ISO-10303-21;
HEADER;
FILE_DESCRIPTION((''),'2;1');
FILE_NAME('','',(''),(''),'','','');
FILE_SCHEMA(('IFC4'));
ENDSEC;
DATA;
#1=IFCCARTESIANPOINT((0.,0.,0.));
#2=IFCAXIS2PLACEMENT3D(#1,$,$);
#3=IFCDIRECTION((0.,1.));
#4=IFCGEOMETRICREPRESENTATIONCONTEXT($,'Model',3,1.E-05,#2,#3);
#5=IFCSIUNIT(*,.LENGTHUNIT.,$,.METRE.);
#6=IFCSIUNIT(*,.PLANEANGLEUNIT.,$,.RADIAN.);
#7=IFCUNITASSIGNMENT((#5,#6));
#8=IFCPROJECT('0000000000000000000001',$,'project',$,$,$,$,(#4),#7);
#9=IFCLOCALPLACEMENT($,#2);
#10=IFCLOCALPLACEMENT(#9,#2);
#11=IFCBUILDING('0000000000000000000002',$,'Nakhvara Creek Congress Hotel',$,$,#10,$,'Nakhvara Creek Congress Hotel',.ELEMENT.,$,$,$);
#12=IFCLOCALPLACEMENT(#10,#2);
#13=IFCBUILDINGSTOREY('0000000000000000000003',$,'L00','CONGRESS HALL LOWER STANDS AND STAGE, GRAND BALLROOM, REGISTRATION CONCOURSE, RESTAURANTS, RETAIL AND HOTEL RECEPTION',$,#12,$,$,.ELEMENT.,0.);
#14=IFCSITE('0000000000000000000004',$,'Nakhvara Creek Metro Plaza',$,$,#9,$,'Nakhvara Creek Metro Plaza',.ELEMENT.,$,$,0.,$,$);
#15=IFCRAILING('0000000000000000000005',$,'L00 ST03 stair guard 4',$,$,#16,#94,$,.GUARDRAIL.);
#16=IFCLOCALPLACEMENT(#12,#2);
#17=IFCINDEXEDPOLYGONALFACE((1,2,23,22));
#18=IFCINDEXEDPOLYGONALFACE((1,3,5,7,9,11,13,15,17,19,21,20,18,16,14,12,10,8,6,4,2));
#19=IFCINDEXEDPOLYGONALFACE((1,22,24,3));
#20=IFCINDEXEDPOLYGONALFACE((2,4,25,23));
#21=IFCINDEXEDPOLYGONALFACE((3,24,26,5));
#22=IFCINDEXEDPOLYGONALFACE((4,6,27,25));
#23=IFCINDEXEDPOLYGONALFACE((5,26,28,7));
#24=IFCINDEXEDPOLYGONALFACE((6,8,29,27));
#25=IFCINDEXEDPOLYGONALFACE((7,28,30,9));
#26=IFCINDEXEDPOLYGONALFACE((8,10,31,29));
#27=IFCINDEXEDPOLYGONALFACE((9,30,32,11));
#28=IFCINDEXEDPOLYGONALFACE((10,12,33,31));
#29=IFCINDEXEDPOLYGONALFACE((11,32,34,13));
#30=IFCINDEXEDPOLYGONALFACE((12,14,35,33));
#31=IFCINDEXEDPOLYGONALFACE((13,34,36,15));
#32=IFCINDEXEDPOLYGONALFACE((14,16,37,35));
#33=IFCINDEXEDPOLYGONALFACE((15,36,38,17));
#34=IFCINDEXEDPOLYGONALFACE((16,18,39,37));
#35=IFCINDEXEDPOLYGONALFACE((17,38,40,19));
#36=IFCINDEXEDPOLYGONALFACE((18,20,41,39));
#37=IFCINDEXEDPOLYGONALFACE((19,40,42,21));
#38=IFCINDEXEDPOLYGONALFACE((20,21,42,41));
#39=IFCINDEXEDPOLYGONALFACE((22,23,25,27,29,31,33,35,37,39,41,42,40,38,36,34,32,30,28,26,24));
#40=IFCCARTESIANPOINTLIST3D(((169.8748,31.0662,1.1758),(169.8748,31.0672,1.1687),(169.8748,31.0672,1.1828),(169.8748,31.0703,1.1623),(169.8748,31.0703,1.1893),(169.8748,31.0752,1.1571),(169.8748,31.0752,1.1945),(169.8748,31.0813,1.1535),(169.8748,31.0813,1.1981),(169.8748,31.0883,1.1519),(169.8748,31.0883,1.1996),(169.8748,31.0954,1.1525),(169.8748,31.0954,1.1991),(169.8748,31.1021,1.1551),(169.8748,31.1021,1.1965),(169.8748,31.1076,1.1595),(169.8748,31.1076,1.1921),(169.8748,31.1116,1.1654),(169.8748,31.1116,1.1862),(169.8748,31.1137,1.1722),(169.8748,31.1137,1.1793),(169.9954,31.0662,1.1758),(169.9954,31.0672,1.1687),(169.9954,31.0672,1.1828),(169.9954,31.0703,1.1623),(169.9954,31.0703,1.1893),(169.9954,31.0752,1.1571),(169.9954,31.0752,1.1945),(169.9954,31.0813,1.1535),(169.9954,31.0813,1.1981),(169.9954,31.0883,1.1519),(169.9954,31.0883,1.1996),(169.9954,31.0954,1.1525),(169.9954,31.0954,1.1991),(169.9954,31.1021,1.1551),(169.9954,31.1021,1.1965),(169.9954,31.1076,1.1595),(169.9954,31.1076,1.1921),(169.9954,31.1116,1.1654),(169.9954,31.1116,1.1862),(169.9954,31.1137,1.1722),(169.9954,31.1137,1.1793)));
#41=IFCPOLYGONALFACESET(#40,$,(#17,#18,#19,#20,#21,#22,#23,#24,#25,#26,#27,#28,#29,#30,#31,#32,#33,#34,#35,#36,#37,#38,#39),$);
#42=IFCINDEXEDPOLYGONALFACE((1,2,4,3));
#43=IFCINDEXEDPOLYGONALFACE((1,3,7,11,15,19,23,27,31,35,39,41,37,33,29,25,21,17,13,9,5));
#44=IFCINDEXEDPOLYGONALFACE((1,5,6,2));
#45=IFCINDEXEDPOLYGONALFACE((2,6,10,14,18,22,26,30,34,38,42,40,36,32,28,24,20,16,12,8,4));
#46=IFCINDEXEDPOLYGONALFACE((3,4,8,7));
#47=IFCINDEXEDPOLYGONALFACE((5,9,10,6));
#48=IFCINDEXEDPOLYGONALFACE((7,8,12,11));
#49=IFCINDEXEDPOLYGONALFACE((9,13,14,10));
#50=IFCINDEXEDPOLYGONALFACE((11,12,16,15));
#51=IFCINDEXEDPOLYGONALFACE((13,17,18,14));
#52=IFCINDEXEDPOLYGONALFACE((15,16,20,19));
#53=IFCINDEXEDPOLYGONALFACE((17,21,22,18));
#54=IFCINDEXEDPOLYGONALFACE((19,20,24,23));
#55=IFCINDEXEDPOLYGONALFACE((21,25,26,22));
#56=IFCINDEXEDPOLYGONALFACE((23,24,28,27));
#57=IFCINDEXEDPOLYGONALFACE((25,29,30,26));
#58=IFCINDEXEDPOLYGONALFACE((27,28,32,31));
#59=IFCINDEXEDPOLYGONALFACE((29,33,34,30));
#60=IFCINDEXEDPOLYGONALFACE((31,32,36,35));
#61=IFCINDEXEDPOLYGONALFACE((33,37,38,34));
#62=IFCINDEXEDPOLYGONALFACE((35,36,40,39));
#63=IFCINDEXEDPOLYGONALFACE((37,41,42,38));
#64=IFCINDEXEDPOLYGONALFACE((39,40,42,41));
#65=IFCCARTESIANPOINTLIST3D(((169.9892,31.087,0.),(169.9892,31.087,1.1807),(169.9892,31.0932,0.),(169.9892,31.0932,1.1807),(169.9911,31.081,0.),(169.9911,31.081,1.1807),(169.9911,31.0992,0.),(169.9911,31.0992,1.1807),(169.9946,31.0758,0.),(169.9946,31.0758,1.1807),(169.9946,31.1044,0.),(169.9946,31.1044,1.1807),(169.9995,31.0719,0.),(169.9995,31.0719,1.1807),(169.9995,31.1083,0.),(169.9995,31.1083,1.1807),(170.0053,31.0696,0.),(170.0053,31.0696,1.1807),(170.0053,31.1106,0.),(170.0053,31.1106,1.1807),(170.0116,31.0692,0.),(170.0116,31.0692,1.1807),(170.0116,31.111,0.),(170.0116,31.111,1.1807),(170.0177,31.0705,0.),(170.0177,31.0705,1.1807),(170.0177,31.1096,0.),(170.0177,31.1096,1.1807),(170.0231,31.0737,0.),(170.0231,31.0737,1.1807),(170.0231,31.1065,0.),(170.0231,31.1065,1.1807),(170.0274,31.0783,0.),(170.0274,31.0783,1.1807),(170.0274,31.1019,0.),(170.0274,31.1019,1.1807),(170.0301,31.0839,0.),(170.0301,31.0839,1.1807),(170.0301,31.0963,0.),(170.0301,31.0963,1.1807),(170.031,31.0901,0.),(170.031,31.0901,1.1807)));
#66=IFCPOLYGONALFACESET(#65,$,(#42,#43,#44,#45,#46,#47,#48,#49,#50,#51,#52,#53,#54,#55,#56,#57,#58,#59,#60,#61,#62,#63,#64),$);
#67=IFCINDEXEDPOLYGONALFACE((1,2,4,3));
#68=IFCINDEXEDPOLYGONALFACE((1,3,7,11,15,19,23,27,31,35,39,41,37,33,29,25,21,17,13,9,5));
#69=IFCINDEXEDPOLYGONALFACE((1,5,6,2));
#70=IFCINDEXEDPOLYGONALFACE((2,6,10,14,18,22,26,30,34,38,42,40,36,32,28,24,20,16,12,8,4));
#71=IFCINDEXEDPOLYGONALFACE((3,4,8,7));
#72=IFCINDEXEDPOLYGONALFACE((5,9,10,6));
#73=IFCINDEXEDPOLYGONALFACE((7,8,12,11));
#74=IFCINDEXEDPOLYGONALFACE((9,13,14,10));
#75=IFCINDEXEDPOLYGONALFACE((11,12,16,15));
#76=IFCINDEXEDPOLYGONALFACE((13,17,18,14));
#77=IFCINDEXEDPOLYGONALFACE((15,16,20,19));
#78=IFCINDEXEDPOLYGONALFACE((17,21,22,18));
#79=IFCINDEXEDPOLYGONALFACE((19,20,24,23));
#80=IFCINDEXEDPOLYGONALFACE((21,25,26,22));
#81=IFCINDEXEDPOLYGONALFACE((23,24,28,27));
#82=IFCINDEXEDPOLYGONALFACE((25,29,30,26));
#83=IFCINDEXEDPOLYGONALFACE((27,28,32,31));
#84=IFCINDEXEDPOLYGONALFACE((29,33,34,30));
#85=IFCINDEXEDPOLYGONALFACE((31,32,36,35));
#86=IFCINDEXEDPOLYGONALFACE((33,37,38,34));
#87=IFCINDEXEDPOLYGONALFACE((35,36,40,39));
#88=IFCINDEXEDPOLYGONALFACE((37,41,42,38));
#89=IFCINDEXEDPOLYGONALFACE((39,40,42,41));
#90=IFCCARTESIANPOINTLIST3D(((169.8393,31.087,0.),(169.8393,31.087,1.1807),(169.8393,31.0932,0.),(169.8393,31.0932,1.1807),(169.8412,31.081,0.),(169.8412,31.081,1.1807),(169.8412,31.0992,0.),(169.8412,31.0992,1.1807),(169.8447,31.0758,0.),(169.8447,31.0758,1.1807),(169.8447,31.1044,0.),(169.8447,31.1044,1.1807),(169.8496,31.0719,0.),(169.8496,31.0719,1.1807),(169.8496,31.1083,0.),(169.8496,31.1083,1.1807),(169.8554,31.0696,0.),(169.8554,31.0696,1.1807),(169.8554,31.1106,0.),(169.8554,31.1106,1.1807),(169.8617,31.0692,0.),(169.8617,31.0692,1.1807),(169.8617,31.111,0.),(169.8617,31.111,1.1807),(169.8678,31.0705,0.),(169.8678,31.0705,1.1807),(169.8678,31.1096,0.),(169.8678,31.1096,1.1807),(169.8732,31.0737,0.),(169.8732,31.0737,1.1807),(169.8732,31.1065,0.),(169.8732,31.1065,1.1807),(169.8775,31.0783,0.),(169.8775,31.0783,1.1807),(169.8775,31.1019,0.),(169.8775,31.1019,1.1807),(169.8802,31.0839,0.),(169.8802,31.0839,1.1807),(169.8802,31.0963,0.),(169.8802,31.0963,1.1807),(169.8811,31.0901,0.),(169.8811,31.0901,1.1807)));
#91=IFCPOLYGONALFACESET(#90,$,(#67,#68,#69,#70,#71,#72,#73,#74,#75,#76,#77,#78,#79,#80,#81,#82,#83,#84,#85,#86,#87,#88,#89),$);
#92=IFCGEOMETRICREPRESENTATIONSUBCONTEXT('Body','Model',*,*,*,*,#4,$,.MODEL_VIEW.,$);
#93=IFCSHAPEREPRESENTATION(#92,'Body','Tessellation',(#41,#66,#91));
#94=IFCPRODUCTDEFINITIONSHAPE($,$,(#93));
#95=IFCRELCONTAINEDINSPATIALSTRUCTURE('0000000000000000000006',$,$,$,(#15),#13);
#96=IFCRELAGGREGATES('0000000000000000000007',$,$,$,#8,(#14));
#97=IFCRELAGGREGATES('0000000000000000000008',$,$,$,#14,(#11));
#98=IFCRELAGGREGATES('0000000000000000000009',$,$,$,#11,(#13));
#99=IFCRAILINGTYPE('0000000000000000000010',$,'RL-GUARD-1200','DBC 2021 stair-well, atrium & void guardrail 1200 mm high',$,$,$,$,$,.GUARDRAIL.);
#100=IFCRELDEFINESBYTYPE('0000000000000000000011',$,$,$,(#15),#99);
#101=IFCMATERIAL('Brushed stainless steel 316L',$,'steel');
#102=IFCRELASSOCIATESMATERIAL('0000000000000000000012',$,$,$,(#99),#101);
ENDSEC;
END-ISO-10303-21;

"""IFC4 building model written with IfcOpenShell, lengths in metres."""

from ifc_helpers import new_model, si_unit, direction, frame, origin, origin_2d, place, context, subcontext, project, spatial, circle, extrude, material, type_object, element, save


model = new_model("IFC4")

# Units and contexts
model_context = context("Model", 3, precision=1e-05, world=origin(), true_north=direction((0.0, 1.0)))
body_context = subcontext(model_context, "Body", "Model", "MODEL_VIEW")
ifc_project = project(units=[si_unit("LENGTHUNIT", "METRE"), si_unit("PLANEANGLEUNIT", "RADIAN")], contexts=[model_context])

# Site, building, storey
site_placement = place(None, origin())
site = spatial("IfcSite", under=ifc_project, at=site_placement, Name="Nakhvara Creek Metro Plaza", LongName="Nakhvara Creek Metro Plaza", CompositionType="ELEMENT", RefElevation=0.0)
building_placement = place(site_placement, origin())
building = spatial("IfcBuilding", under=site, at=building_placement, Name="Nakhvara Creek Congress Hotel", LongName="Nakhvara Creek Congress Hotel", CompositionType="ELEMENT")
storey_placement = place(building_placement, origin())
storey = spatial("IfcBuildingStorey", under=building, at=storey_placement, Name="L00", Description="CONGRESS HALL LOWER STANDS AND STAGE, GRAND BALLROOM, REGISTRATION CONCOURSE, RESTAURANTS, RETAIL AND HOTEL RECEPTION", CompositionType="ELEMENT", Elevation=0.0)

# Railing
ifc_material_1 = material(Name="Brushed stainless steel 316L", Category="steel")
railing_type_1 = type_object("IfcRailingType", Name="RL-GUARD-1200", Description="DBC 2021 stair-well, atrium & void guardrail 1200 mm high", PredefinedType="GUARDRAIL", material=ifc_material_1)
railing_1_placement = place(storey_placement, frame((170.01, 31.0901, 0.0)))
element("IfcRailing", 1, at=railing_1_placement, inside=storey, type_object=railing_type_1, Name="L00 ST03 stair guard 4", PredefinedType="GUARDRAIL", context=body_context, shape_type="SweptSolid", body=[
    extrude(circle(Radius=0.0239, at=origin_2d()), frame((-0.0146, 0.0, 1.1758), z_axis=(-1.0, 0.0, 0.0), x_axis=(0.0, -1.0, 0.0)), (0.0, 0.0, 1.0), 0.1206),
    extrude(circle(Radius=0.021, at=origin_2d()), origin(), (0.0, 0.0, 1.0), 1.1807),
    extrude(circle(Radius=0.021, at=origin_2d()), frame((-0.1499, 0.0, 0.0)), (0.0, 0.0, 1.0), 1.1807),
])

save(model, "model.ifc")
